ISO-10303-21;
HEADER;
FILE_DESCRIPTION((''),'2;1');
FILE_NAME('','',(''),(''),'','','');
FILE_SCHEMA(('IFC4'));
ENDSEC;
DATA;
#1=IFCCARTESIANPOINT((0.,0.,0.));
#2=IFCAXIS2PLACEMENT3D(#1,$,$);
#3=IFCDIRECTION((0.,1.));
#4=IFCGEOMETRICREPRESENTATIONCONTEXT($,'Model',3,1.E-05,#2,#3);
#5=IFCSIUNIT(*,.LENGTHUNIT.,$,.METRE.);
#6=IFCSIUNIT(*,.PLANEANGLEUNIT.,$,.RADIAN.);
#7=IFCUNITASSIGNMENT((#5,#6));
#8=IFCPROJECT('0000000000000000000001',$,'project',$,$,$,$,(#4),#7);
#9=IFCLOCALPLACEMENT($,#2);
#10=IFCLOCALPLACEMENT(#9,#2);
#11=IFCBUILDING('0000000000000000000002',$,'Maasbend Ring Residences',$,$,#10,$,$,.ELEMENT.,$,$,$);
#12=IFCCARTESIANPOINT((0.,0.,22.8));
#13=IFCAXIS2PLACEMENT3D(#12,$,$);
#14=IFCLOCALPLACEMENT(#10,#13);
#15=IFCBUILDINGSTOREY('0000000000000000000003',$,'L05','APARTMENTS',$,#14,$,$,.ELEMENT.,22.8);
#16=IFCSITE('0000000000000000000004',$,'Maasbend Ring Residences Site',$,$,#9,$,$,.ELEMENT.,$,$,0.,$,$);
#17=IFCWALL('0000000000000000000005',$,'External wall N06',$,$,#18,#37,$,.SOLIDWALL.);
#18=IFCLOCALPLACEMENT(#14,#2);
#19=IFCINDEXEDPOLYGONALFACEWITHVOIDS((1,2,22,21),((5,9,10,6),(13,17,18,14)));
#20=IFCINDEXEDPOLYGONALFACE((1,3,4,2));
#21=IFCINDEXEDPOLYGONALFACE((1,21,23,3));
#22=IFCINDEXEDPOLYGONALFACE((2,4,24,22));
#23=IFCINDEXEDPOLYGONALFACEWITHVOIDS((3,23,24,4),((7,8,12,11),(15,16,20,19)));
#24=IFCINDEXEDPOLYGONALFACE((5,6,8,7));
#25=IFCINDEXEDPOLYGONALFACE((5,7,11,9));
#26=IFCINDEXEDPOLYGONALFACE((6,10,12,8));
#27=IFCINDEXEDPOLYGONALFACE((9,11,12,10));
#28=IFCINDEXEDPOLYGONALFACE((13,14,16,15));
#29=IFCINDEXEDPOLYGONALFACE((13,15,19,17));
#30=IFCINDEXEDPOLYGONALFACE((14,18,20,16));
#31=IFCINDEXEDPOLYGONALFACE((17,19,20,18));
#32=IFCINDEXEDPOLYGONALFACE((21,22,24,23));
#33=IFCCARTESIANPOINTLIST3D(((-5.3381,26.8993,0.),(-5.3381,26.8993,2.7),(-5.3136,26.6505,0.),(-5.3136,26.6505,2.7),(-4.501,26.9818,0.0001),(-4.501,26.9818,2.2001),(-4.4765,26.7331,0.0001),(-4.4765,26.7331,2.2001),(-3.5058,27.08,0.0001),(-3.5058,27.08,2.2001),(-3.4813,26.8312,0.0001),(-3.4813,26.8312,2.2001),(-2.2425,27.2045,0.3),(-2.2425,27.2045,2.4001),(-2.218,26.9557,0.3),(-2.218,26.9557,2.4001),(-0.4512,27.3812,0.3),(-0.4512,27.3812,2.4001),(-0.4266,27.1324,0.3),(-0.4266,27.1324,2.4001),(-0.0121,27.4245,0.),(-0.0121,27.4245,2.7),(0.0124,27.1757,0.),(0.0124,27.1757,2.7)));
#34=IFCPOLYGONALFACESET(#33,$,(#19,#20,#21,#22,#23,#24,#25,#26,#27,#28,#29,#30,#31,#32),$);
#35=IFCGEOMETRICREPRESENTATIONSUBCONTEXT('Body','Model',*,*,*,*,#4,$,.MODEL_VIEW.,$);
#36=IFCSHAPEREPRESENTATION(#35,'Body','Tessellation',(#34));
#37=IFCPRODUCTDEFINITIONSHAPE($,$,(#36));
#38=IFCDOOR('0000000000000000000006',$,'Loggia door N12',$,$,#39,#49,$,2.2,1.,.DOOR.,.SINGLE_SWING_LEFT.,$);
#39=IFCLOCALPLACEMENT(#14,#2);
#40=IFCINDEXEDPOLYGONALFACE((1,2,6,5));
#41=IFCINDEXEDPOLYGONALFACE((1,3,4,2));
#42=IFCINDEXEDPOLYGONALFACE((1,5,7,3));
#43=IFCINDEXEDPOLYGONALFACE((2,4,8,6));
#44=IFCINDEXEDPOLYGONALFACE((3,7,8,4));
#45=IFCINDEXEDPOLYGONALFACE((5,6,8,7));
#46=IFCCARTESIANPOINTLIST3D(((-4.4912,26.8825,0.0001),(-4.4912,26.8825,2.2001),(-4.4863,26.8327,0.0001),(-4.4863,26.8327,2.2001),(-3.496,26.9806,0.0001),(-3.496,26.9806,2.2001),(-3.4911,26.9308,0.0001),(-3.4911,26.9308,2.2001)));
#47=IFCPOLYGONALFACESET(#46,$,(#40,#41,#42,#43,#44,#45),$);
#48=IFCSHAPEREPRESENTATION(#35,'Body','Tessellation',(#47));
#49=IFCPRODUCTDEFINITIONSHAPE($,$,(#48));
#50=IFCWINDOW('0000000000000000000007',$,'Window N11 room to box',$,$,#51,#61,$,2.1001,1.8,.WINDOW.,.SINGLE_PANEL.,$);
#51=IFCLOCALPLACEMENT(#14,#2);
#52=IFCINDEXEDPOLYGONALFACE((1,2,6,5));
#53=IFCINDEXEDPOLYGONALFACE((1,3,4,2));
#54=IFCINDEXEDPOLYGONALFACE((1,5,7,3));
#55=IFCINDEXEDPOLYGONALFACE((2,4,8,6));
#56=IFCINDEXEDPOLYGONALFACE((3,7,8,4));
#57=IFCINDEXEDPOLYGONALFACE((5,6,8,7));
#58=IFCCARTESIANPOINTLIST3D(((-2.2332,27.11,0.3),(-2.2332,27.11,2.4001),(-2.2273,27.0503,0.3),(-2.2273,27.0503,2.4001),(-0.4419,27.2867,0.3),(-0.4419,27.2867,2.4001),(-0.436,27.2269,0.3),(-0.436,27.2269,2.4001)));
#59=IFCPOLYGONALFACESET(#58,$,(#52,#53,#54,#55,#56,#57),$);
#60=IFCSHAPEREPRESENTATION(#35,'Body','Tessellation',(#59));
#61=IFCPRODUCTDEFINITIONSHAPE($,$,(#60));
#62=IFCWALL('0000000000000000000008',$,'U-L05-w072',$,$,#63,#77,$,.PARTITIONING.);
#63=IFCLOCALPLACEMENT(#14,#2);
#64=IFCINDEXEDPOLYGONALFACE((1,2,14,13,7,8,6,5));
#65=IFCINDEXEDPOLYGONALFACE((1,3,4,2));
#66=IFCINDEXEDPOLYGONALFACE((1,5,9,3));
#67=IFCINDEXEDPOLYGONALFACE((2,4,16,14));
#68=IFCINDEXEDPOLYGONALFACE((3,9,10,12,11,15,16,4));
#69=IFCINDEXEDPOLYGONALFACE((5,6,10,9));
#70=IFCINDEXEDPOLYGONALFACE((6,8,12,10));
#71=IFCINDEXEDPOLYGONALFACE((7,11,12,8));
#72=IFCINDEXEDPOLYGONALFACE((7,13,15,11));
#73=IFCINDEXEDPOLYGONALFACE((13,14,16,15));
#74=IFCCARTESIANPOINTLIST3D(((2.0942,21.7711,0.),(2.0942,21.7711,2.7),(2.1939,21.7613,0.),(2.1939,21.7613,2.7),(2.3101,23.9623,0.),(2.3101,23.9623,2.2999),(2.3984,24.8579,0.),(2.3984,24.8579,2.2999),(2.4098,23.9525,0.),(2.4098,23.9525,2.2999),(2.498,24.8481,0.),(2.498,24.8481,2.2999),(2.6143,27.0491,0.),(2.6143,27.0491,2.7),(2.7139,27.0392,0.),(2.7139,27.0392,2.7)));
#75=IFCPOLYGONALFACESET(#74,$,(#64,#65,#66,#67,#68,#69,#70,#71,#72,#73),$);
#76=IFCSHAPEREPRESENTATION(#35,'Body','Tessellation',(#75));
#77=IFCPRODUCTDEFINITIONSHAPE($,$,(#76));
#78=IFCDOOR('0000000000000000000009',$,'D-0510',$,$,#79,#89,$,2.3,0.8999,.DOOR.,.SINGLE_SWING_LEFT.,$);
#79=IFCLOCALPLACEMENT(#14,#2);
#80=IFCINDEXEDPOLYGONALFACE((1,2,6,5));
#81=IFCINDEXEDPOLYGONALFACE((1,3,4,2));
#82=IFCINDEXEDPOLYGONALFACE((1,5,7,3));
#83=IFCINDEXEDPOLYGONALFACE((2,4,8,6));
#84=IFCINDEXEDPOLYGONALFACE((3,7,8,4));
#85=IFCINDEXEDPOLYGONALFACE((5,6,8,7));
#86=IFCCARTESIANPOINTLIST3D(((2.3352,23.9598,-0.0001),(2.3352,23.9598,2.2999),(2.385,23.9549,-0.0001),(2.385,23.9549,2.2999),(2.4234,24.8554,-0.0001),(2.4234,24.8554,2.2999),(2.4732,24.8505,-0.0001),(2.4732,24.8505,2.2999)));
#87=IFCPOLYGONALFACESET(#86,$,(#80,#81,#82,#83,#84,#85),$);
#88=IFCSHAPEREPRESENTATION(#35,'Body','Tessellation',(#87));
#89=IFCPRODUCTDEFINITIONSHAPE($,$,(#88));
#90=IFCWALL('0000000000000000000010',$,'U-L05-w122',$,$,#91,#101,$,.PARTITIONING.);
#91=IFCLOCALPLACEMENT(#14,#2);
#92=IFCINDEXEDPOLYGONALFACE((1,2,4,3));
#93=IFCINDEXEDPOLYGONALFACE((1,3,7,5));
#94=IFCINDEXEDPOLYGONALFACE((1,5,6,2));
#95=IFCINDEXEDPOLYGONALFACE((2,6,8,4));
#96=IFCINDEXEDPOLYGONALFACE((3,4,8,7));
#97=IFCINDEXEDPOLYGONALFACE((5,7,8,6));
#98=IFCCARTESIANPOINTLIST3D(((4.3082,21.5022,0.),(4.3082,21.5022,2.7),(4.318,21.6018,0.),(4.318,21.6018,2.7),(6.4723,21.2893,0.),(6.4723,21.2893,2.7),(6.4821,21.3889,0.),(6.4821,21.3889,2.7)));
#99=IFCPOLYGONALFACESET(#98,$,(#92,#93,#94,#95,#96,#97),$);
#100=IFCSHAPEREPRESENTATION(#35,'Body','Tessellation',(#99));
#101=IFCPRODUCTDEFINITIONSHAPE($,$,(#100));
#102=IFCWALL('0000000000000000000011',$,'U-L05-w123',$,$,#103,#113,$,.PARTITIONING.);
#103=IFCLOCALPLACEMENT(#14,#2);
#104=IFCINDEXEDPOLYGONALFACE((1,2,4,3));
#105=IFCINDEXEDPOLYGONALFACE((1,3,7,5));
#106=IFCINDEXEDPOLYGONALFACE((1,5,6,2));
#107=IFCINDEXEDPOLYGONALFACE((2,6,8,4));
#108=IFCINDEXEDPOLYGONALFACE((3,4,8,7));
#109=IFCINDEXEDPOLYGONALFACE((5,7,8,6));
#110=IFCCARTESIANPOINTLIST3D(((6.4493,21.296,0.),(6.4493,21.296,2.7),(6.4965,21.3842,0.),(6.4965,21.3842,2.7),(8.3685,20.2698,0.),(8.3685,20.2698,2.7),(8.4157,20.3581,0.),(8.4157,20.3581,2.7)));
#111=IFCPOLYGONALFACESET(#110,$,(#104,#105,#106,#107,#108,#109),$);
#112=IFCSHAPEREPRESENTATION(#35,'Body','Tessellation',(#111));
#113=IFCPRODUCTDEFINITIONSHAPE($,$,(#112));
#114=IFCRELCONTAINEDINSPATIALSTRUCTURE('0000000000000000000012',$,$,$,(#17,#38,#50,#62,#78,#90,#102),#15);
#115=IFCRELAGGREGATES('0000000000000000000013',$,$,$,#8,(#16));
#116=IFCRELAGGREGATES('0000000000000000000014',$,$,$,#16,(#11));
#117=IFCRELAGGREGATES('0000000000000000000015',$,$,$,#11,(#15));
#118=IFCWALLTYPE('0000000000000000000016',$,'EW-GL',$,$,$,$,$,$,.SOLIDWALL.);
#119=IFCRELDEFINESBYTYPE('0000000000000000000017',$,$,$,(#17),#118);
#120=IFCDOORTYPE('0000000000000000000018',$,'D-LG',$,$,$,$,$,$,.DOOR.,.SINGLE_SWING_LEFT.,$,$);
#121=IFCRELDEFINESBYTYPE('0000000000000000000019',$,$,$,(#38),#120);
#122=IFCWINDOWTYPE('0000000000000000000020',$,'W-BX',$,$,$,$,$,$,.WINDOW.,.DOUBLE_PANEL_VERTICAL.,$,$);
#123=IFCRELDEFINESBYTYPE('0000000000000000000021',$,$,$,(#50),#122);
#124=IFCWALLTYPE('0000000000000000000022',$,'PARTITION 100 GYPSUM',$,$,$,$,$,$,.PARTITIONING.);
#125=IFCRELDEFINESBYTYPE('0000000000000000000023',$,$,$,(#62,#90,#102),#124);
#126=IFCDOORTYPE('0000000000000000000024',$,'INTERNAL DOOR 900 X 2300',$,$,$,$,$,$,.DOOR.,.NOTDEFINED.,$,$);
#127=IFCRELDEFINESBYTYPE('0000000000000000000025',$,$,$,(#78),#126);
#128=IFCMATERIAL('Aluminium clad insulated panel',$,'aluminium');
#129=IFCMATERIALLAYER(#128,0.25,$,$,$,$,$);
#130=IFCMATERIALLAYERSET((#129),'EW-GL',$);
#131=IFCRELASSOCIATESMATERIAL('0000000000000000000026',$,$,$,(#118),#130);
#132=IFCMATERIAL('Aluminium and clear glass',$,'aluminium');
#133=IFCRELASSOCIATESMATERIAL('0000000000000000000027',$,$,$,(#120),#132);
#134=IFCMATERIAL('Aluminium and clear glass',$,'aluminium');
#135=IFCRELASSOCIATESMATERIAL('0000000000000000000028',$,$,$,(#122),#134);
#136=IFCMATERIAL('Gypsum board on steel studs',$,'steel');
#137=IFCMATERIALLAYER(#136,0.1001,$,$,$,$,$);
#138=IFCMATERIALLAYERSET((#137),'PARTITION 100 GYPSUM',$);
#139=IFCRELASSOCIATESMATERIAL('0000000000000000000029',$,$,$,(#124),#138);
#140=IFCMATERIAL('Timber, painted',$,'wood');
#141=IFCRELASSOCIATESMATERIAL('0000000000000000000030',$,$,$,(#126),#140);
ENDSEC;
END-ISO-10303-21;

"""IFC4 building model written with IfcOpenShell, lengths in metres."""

from ifc_helpers import new_model, si_unit, direction, frame, frame_2d, origin, place, context, subcontext, project, spatial, rectangle, extrude, material, layer, layer_set, type_object, element, fill, save


model = new_model("IFC4")

# Units and contexts
model_context = context("Model", 3, precision=1e-05, world=origin(), true_north=direction((0.0, 1.0)))
body_context = subcontext(model_context, "Body", "Model", "MODEL_VIEW")
ifc_project = project(units=[si_unit("LENGTHUNIT", "METRE"), si_unit("PLANEANGLEUNIT", "RADIAN")], contexts=[model_context])

# Site, building, storey
site_placement = place(None, origin())
site = spatial("IfcSite", under=ifc_project, at=site_placement, Name="Maasbend Ring Residences Site", CompositionType="ELEMENT", RefElevation=0.0)
building_placement = place(site_placement, origin())
building = spatial("IfcBuilding", under=site, at=building_placement, Name="Maasbend Ring Residences", CompositionType="ELEMENT")
storey_placement = place(building_placement, frame((0.0, 0.0, 22.8)))
storey = spatial("IfcBuildingStorey", under=building, at=storey_placement, Name="L05", Description="APARTMENTS", CompositionType="ELEMENT", Elevation=22.8)

# Wall, openings, door, window
ifc_material_1 = material(Name="Aluminium clad insulated panel", Category="aluminium")
ifc_layer_1 = layer(ifc_material_1, 0.25)
ifc_layer_set_1 = layer_set([ifc_layer_1], Name="EW-GL")
wall_type_1 = type_object("IfcWallType", Name="EW-GL", PredefinedType="SOLIDWALL", material=ifc_layer_set_1)
ifc_material_2 = material(Name="Aluminium and clear glass", Category="aluminium")
door_type_1 = type_object("IfcDoorType", Name="D-LG", OperationType="SINGLE_SWING_LEFT", PredefinedType="DOOR", material=ifc_material_2)
ifc_material_3 = material(Name="Aluminium and clear glass", Category="aluminium")
window_type_1 = type_object("IfcWindowType", Name="W-BX", PartitioningType="DOUBLE_PANEL_VERTICAL", PredefinedType="WINDOW", material=ifc_material_3)
wall_1_placement = place(storey_placement, frame((0.0, 27.3, 0.0), z_axis=(0.0, 0.0, 1.0), x_axis=(-0.995174, -0.098126, 0.0)))
wall_1 = element("IfcWall", 1, at=wall_1_placement, inside=storey, type_object=wall_type_1, Name="External wall N06", PredefinedType="SOLIDWALL", context=body_context, shape_type="SweptSolid", body=[
    extrude(rectangle(XDim=5.3518, YDim=0.25, at=frame_2d((2.6758, 0.0))), origin(), (0.0, 0.0, 1.0), 2.7),
])
opening_1_placement = place(wall_1_placement, frame((0.4412, 0.0, 0.3)))
opening_1 = element("IfcOpeningElement", 2, at=opening_1_placement, cuts=wall_1, PredefinedType="OPENING", context=body_context, shape_type="SweptSolid", body=[
    extrude(rectangle(XDim=1.8, YDim=2.1001, at=frame_2d((0.8999, 1.05))), frame((0.0, 0.135, 0.0), z_axis=(0.0, -1.0, 0.0), x_axis=(1.0, 0.0, 0.0)), (0.0, 0.0, 1.0), 0.27),
])
opening_2_placement = place(wall_1_placement, frame((3.5105, 0.0, 0.0)))
opening_2 = element("IfcOpeningElement", 3, at=opening_2_placement, cuts=wall_1, PredefinedType="OPENING", context=body_context, shape_type="SweptSolid", body=[
    extrude(rectangle(XDim=1.0, YDim=2.2, at=frame_2d((0.5, 1.1001))), frame((0.0, 0.135, 0.0), z_axis=(0.0, -1.0, 0.0), x_axis=(1.0, 0.0, 0.0)), (0.0, 0.0, 1.0), 0.27),
])
door_1_placement = place(opening_2_placement, origin())
door_1 = element("IfcDoor", 4, at=door_1_placement, inside=storey, type_object=door_type_1, Name="Loggia door N12", OperationType="SINGLE_SWING_LEFT", OverallHeight=2.2, OverallWidth=1.0, PredefinedType="DOOR", context=body_context, shape_type="SweptSolid", body=[
    extrude(rectangle(XDim=1.0, YDim=2.2, at=frame_2d((0.5, 1.1001))), frame((0.0, 0.0249, 0.0), z_axis=(0.0, -1.0, 0.0), x_axis=(1.0, 0.0, 0.0)), (0.0, 0.0, 1.0), 0.05),
])
fill(opening_2, door_1)
window_1_placement = place(opening_1_placement, origin())
window_1 = element("IfcWindow", 5, at=window_1_placement, inside=storey, type_object=window_type_1, Name="Window N11 room to box", OverallHeight=2.1001, OverallWidth=1.8, PartitioningType="SINGLE_PANEL", PredefinedType="WINDOW", context=body_context, shape_type="SweptSolid", body=[
    extrude(rectangle(XDim=1.8, YDim=2.1001, at=frame_2d((0.8999, 1.05))), frame((0.0, 0.03, 0.0), z_axis=(0.0, -1.0, 0.0), x_axis=(1.0, 0.0, 0.0)), (0.0, 0.0, 1.0), 0.0601),
])
fill(opening_1, window_1)

# Wall, opening, door
ifc_material_4 = material(Name="Gypsum board on steel studs", Category="steel")
ifc_layer_2 = layer(ifc_material_4, 0.1001)
ifc_layer_set_2 = layer_set([ifc_layer_2], Name="PARTITION 100 GYPSUM")
wall_type_2 = type_object("IfcWallType", Name="PARTITION 100 GYPSUM", PredefinedType="PARTITIONING", material=ifc_layer_set_2)
wall_2_placement = place(storey_placement, frame((2.144, 21.7661, 0.0), z_axis=(0.0, 0.0, 1.0), x_axis=(0.098054, 0.995181, 0.0)))
wall_2 = element("IfcWall", 6, at=wall_2_placement, inside=storey, type_object=wall_type_2, Name="U-L05-w072", PredefinedType="PARTITIONING", context=body_context, shape_type="SweptSolid", body=[
    extrude(rectangle(XDim=5.3035, YDim=0.1001, at=frame_2d((2.6519, 0.0))), origin(), (0.0, 0.0, 1.0), 2.7),
])
opening_3_placement = place(wall_2_placement, frame((2.2019, 0.0, 0.0)))
opening_3 = element("IfcOpeningElement", 7, at=opening_3_placement, cuts=wall_2, PredefinedType="OPENING", context=body_context, shape_type="SweptSolid", body=[
    extrude(rectangle(XDim=0.8999, YDim=2.3, at=frame_2d((0.45, 1.1499))), frame((0.0, 0.0601, 0.0), z_axis=(0.0, -1.0, 0.0), x_axis=(1.0, 0.0, 0.0)), (0.0, 0.0, 1.0), 0.1201),
])
ifc_material_5 = material(Name="Timber, painted", Category="wood")
door_type_2 = type_object("IfcDoorType", Name="INTERNAL DOOR 900 X 2300", OperationType="NOTDEFINED", PredefinedType="DOOR", material=ifc_material_5)
door_2_placement = place(opening_3_placement, origin())
door_2 = element("IfcDoor", 8, at=door_2_placement, inside=storey, type_object=door_type_2, Name="D-0510", OperationType="SINGLE_SWING_LEFT", OverallHeight=2.3, OverallWidth=0.8999, PredefinedType="DOOR", context=body_context, shape_type="SweptSolid", body=[
    extrude(rectangle(XDim=0.8999, YDim=2.3, at=frame_2d((0.45, 1.1499))), frame((0.0, 0.0249, 0.0), z_axis=(0.0, -1.0, 0.0), x_axis=(1.0, 0.0, 0.0)), (0.0, 0.0, 1.0), 0.05),
])
fill(opening_3, door_2)

# Walls
wall_3_placement = place(storey_placement, frame((4.313, 21.552, 0.0), z_axis=(0.0, 0.0, 1.0), x_axis=(0.995196, -0.097903, 0.0)))
element("IfcWall", 9, at=wall_3_placement, inside=storey, type_object=wall_type_2, Name="U-L05-w122", PredefinedType="PARTITIONING", context=body_context, shape_type="SweptSolid", body=[
    extrude(rectangle(XDim=2.1746, YDim=0.1001, at=frame_2d((1.0874, 0.0))), origin(), (0.0, 0.0, 1.0), 2.7),
])
wall_4_placement = place(storey_placement, frame((6.4729, 21.3401, 0.0), z_axis=(0.0, 0.0, 1.0), x_axis=(0.881865, -0.471502, 0.0)))
element("IfcWall", 10, at=wall_4_placement, inside=storey, type_object=wall_type_2, Name="U-L05-w123", PredefinedType="PARTITIONING", context=body_context, shape_type="SweptSolid", body=[
    extrude(rectangle(XDim=2.1763, YDim=0.1001, at=frame_2d((1.0881, 0.0))), origin(), (0.0, 0.0, 1.0), 2.7),
])

save(model, "model.ifc")
